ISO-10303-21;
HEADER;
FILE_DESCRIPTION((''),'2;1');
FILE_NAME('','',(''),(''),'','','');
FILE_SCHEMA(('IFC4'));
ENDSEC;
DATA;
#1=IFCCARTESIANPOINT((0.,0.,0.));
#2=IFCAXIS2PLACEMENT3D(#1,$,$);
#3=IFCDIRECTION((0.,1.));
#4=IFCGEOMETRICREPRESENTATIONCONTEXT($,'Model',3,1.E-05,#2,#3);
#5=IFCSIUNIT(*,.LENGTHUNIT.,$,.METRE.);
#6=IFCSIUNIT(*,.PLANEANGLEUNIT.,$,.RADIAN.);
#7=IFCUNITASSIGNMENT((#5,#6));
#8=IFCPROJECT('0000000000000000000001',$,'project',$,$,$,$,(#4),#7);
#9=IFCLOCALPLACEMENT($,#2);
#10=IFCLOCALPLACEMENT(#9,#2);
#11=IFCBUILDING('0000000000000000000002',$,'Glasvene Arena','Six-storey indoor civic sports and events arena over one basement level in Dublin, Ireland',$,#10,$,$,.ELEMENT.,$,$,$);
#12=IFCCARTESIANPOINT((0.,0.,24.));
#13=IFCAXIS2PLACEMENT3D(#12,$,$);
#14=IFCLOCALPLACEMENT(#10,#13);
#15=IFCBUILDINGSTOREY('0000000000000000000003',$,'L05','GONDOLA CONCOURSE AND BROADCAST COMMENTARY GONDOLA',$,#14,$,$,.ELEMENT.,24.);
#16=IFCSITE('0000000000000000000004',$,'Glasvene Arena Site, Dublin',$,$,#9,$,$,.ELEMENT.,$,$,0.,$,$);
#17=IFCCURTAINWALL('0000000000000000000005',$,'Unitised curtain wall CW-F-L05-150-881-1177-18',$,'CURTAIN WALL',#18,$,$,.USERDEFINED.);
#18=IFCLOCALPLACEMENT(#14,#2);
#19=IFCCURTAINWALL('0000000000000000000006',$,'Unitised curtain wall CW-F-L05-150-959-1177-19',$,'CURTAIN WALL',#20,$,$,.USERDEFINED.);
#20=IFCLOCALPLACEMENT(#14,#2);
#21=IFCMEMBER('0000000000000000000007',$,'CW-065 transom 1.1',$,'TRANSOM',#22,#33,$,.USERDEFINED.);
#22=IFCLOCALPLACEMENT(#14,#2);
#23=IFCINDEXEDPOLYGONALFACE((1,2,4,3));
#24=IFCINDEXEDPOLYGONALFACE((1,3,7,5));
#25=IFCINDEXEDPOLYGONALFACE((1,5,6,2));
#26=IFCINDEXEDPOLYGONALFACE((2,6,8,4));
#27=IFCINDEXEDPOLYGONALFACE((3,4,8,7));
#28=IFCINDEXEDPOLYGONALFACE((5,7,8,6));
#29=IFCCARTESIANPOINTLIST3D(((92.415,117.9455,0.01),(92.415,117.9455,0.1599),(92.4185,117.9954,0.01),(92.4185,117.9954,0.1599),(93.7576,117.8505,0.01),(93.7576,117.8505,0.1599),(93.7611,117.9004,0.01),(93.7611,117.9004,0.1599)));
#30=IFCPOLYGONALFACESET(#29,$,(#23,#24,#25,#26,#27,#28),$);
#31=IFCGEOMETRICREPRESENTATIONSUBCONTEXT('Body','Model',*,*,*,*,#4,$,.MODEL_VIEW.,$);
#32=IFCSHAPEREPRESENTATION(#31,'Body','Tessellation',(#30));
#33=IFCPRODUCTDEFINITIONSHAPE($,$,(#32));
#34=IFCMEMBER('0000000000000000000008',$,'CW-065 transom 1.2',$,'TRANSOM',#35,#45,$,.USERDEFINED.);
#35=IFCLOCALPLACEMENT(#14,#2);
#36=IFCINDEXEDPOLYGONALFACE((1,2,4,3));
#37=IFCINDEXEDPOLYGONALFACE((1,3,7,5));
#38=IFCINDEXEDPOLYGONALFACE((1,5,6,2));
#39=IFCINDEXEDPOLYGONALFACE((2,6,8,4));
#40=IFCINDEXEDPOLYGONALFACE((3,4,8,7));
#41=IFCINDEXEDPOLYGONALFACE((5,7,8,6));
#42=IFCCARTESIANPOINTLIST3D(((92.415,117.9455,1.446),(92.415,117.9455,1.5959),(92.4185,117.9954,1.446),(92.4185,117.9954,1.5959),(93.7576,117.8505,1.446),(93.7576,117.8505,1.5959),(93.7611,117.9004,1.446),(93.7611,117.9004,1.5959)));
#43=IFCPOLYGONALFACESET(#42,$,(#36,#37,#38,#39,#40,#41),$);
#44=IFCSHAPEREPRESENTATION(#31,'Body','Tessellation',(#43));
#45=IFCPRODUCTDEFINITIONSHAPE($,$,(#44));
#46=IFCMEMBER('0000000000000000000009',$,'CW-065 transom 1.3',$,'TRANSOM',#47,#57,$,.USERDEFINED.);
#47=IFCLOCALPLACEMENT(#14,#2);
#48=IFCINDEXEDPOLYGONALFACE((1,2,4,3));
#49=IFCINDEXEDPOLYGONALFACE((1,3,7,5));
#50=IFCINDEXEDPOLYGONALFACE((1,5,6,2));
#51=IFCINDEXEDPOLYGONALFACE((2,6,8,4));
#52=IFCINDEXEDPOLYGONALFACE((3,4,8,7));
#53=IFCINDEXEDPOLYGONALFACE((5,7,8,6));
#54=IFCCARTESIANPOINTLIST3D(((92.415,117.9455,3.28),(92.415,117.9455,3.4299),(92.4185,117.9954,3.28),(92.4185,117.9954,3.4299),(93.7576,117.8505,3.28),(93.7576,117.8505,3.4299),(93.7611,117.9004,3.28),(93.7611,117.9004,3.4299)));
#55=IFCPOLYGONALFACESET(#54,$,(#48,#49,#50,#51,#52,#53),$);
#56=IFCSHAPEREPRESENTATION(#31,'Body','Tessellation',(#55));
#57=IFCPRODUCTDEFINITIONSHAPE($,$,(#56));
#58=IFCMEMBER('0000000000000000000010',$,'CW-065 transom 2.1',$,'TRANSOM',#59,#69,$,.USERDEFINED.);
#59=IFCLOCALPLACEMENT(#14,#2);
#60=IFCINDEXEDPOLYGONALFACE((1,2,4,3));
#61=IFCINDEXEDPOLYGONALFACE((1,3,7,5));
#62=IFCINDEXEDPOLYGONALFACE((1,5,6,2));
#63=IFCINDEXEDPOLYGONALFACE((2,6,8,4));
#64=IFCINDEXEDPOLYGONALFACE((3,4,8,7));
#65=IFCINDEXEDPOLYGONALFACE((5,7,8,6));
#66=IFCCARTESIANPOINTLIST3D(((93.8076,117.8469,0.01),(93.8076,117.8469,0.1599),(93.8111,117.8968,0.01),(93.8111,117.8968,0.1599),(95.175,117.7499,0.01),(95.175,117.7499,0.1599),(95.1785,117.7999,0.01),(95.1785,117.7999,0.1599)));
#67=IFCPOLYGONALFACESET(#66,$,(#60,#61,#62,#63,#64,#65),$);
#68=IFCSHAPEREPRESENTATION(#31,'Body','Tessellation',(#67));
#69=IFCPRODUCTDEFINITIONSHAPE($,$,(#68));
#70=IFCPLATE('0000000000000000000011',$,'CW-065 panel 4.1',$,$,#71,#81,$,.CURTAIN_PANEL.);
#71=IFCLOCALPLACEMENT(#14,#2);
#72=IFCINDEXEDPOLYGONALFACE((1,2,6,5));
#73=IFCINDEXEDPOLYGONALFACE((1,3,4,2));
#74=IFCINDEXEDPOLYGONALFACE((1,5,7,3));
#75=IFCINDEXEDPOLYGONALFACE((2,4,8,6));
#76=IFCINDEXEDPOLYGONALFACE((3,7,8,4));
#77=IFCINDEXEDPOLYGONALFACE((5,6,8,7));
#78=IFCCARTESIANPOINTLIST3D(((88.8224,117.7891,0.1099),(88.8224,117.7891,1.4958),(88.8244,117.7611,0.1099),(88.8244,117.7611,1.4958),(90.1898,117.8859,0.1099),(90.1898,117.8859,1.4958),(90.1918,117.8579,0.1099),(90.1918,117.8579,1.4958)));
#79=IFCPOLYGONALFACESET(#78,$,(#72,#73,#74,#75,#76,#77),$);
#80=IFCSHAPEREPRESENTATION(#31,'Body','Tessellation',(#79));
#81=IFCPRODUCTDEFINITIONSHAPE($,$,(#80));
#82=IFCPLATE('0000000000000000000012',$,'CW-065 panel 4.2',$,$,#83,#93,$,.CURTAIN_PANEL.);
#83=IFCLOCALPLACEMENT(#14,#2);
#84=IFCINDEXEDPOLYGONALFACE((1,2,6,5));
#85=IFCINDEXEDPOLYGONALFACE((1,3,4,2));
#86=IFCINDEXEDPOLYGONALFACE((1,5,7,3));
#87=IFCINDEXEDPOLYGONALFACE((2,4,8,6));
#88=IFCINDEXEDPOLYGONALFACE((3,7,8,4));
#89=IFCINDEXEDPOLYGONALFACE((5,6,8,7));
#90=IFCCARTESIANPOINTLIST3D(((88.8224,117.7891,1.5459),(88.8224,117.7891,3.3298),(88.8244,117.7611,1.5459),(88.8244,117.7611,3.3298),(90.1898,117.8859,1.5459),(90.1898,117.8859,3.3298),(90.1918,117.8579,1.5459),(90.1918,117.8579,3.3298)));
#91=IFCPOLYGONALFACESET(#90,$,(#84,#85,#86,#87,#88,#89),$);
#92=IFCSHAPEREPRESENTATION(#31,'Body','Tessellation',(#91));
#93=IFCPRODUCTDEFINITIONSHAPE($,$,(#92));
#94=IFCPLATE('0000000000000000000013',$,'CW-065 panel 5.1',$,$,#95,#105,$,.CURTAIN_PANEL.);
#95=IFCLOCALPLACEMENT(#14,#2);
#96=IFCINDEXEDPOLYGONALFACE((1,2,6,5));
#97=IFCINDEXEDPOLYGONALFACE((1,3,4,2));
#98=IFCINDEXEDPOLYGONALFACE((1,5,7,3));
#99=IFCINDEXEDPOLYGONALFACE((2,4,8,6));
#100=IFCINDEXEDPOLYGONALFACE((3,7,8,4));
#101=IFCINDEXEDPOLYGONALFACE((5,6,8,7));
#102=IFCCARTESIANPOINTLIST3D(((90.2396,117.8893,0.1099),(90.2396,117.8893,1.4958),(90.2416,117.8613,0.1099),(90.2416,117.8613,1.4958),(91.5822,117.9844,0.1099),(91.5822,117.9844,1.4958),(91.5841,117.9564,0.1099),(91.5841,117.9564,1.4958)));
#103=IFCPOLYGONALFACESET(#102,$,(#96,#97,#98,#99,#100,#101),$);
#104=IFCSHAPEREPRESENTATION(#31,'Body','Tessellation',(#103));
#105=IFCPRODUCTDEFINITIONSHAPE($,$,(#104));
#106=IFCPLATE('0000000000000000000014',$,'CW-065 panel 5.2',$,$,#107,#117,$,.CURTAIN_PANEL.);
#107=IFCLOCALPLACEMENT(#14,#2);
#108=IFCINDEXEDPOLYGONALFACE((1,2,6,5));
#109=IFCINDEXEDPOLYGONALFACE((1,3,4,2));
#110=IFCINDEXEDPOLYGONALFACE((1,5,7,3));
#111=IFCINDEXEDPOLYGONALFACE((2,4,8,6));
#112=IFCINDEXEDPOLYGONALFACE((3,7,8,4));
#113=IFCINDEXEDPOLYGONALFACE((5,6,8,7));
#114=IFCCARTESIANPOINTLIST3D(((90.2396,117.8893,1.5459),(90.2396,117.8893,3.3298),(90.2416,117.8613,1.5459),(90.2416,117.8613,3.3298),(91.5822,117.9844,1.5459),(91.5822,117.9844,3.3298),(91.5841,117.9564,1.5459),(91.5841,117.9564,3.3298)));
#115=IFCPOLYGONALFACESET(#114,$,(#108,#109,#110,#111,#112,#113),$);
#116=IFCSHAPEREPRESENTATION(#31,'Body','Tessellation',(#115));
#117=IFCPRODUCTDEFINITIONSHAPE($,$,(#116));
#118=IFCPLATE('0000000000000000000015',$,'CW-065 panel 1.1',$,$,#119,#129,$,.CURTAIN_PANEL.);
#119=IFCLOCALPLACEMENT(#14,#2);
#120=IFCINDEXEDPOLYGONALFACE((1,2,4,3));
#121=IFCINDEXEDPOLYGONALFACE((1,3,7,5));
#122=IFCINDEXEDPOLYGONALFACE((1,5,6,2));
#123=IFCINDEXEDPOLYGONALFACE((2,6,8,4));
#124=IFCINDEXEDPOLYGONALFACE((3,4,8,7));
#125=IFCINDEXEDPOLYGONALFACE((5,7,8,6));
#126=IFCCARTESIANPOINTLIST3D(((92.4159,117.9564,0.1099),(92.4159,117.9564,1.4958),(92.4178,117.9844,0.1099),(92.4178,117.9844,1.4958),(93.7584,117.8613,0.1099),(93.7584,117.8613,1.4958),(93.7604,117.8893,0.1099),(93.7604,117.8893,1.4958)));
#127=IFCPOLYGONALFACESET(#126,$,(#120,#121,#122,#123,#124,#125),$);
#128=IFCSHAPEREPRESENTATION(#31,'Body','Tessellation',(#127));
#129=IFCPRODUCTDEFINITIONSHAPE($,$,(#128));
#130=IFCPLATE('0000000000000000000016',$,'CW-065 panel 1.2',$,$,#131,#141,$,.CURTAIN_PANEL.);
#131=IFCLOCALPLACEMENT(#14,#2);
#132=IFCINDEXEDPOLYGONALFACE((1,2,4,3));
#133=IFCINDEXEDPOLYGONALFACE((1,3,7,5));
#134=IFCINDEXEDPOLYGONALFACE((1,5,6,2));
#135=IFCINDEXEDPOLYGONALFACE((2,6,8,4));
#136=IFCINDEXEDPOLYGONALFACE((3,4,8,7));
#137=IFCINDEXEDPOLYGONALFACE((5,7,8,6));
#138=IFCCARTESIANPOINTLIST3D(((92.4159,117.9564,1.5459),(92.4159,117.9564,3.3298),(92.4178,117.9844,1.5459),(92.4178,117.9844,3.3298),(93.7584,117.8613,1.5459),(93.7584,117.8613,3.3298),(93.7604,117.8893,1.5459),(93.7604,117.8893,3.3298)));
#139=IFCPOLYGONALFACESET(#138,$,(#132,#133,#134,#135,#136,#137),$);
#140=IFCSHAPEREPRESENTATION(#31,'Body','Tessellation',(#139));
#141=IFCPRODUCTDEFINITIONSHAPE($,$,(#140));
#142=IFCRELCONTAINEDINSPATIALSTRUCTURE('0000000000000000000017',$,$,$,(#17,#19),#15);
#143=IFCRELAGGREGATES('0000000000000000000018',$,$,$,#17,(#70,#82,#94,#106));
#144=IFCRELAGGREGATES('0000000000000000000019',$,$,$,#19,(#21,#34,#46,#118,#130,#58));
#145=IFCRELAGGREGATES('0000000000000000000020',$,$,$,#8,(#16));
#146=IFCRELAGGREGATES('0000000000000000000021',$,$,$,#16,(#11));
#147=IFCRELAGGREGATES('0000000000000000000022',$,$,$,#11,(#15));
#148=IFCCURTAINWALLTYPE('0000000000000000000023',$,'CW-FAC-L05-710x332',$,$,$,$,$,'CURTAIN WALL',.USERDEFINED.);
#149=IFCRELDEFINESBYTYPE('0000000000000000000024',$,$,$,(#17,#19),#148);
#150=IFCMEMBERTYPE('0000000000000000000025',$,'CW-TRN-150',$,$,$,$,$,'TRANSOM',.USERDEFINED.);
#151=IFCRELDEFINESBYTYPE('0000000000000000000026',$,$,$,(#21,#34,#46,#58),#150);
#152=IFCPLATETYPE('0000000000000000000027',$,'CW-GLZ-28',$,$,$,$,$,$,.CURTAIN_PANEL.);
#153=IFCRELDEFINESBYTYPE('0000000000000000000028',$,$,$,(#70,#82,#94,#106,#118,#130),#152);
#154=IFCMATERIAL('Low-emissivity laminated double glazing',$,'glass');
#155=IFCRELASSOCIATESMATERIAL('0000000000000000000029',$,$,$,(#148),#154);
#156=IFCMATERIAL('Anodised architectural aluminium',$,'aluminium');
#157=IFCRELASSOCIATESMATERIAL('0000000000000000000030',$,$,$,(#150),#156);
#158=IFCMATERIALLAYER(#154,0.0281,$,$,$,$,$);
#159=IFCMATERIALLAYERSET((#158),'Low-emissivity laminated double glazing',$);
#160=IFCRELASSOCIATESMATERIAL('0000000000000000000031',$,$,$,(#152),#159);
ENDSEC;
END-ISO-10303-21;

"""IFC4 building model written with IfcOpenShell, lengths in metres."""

from ifc_helpers import new_model, si_unit, direction, frame, origin, origin_2d, place, context, subcontext, project, spatial, rectangle, extrude, material, layer, layer_set, material_profile, profile_set, type_object, element, aggregate, save


model = new_model("IFC4")

# Units and contexts
model_context = context("Model", 3, precision=1e-05, world=origin(), true_north=direction((0.0, 1.0)))
body_context = subcontext(model_context, "Body", "Model", "MODEL_VIEW")
ifc_project = project(units=[si_unit("LENGTHUNIT", "METRE"), si_unit("PLANEANGLEUNIT", "RADIAN")], contexts=[model_context])

# Site, building, storey
site_placement = place(None, origin())
site = spatial("IfcSite", under=ifc_project, at=site_placement, Name="Glasvene Arena Site, Dublin", CompositionType="ELEMENT", RefElevation=0.0)
building_placement = place(site_placement, origin())
building = spatial("IfcBuilding", under=site, at=building_placement, Name="Glasvene Arena", Description="Six-storey indoor civic sports and events arena over one basement level in Dublin, Ireland", CompositionType="ELEMENT")
storey_placement = place(building_placement, frame((0.0, 0.0, 24.0)))
storey = spatial("IfcBuildingStorey", under=building, at=storey_placement, Name="L05", Description="GONDOLA CONCOURSE AND BROADCAST COMMENTARY GONDOLA", CompositionType="ELEMENT", Elevation=24.0)

# Curtain walls
ifc_material_1 = material(Name="Low-emissivity laminated double glazing", Category="glass")
curtain_wall_type = type_object("IfcCurtainWallType", Name="CW-FAC-L05-710x332", ElementType="CURTAIN WALL", PredefinedType="USERDEFINED", material=ifc_material_1)
curtain_wall_1_placement = place(storey_placement, frame((84.5461, 117.4719, 0.0)))
curtain_wall_1 = element("IfcCurtainWall", 1, at=curtain_wall_1_placement, inside=storey, type_object=curtain_wall_type, Name="Unitised curtain wall CW-F-L05-150-881-1177-18", ObjectType="CURTAIN WALL", PredefinedType="USERDEFINED")
ifc_material_2 = material(Name="Anodised architectural aluminium", Category="aluminium")
curtain_wall_2_placement = place(storey_placement, frame((92.3669, 117.9741, 0.0)))
curtain_wall_2 = element("IfcCurtainWall", 2, at=curtain_wall_2_placement, inside=storey, type_object=curtain_wall_type, Name="Unitised curtain wall CW-F-L05-150-959-1177-19", ObjectType="CURTAIN WALL", PredefinedType="USERDEFINED")

# Members
ifc_material_profile_1 = material_profile(ifc_material_2, rectangle(XDim=0.05, YDim=0.1499, at=origin_2d()), Name="ALU TRANSOM 50x150")
ifc_profile_set_1 = profile_set([ifc_material_profile_1], Name="Anodised architectural aluminium")
member_type_1 = type_object("IfcMemberType", Name="CW-TRN-150", ElementType="TRANSOM", PredefinedType="USERDEFINED", material=ifc_profile_set_1)
member_1_placement = place(storey_placement, frame((92.4167, 117.9705, 0.085), z_axis=(0.997507, -0.070564, 0.0), x_axis=(0.070564, 0.997507, 0.0)))
member_1 = element("IfcMember", 3, at=member_1_placement, type_object=member_type_1, Name="CW-065 transom 1.1", ObjectType="TRANSOM", PredefinedType="USERDEFINED", context=body_context, shape_type="SweptSolid", body=[
    extrude(rectangle(XDim=0.05, YDim=0.1499, at=origin_2d()), origin(), (0.0, 0.0, 1.0), 1.3459),
])
member_2_placement = place(storey_placement, frame((92.4167, 117.9705, 1.521), z_axis=(0.997507, -0.070564, 0.0), x_axis=(0.070564, 0.997507, 0.0)))
member_2 = element("IfcMember", 4, at=member_2_placement, type_object=member_type_1, Name="CW-065 transom 1.2", ObjectType="TRANSOM", PredefinedType="USERDEFINED", context=body_context, shape_type="SweptSolid", body=[
    extrude(rectangle(XDim=0.05, YDim=0.1499, at=origin_2d()), origin(), (0.0, 0.0, 1.0), 1.3459),
])
member_3_placement = place(storey_placement, frame((92.4167, 117.9705, 3.355), z_axis=(0.997507, -0.070564, 0.0), x_axis=(0.070564, 0.997507, 0.0)))
member_3 = element("IfcMember", 5, at=member_3_placement, type_object=member_type_1, Name="CW-065 transom 1.3", ObjectType="TRANSOM", PredefinedType="USERDEFINED", context=body_context, shape_type="SweptSolid", body=[
    extrude(rectangle(XDim=0.05, YDim=0.1499, at=origin_2d()), origin(), (0.0, 0.0, 1.0), 1.3459),
])
member_4_placement = place(storey_placement, frame((93.8093, 117.8718, 0.085), z_axis=(0.997497, -0.070703, 0.0), x_axis=(0.070703, 0.997497, 0.0)))
member_4 = element("IfcMember", 6, at=member_4_placement, type_object=member_type_1, Name="CW-065 transom 2.1", ObjectType="TRANSOM", PredefinedType="USERDEFINED", context=body_context, shape_type="SweptSolid", body=[
    extrude(rectangle(XDim=0.05, YDim=0.1499, at=origin_2d()), origin(), (0.0, 0.0, 1.0), 1.3708),
])

# Plates
ifc_layer = layer(ifc_material_1, 0.0281)
ifc_layer_set = layer_set([ifc_layer], Name="Low-emissivity laminated double glazing")
plate_type = type_object("IfcPlateType", Name="CW-GLZ-28", PredefinedType="CURTAIN_PANEL", material=ifc_layer_set)
plate_1_placement = place(storey_placement, frame((89.5071, 117.8235, 0.1099), z_axis=(0.0, 0.0, 1.0), x_axis=(0.997501, 0.070657, 0.0)))
plate_1 = element("IfcPlate", 7, at=plate_1_placement, type_object=plate_type, Name="CW-065 panel 4.1", PredefinedType="CURTAIN_PANEL", context=body_context, shape_type="SweptSolid", body=[
    extrude(rectangle(XDim=1.3708, YDim=0.0281, at=origin_2d()), origin(), (0.0, 0.0, 1.0), 1.386),
])
plate_2_placement = place(storey_placement, frame((89.5071, 117.8235, 1.5459), z_axis=(0.0, 0.0, 1.0), x_axis=(0.997501, 0.070657, 0.0)))
plate_2 = element("IfcPlate", 8, at=plate_2_placement, type_object=plate_type, Name="CW-065 panel 4.2", PredefinedType="CURTAIN_PANEL", context=body_context, shape_type="SweptSolid", body=[
    extrude(rectangle(XDim=1.3708, YDim=0.0281, at=origin_2d()), origin(), (0.0, 0.0, 1.0), 1.7839),
])
plate_3_placement = place(storey_placement, frame((90.9119, 117.9229, 0.1099), z_axis=(0.0, 0.0, 1.0), x_axis=(0.997501, 0.070657, 0.0)))
plate_3 = element("IfcPlate", 9, at=plate_3_placement, type_object=plate_type, Name="CW-065 panel 5.1", PredefinedType="CURTAIN_PANEL", context=body_context, shape_type="SweptSolid", body=[
    extrude(rectangle(XDim=1.3459, YDim=0.0281, at=origin_2d()), origin(), (0.0, 0.0, 1.0), 1.386),
])
plate_4_placement = place(storey_placement, frame((90.9119, 117.9229, 1.5459), z_axis=(0.0, 0.0, 1.0), x_axis=(0.997501, 0.070657, 0.0)))
plate_4 = element("IfcPlate", 10, at=plate_4_placement, type_object=plate_type, Name="CW-065 panel 5.2", PredefinedType="CURTAIN_PANEL", context=body_context, shape_type="SweptSolid", body=[
    extrude(rectangle(XDim=1.3459, YDim=0.0281, at=origin_2d()), origin(), (0.0, 0.0, 1.0), 1.7839),
])
aggregate(curtain_wall_1, [plate_1, plate_2, plate_3, plate_4])
plate_5_placement = place(storey_placement, frame((93.0881, 117.9229, 0.1099), z_axis=(0.0, 0.0, 1.0), x_axis=(0.997501, -0.070657, 0.0)))
plate_5 = element("IfcPlate", 11, at=plate_5_placement, type_object=plate_type, Name="CW-065 panel 1.1", PredefinedType="CURTAIN_PANEL", context=body_context, shape_type="SweptSolid", body=[
    extrude(rectangle(XDim=1.3459, YDim=0.0281, at=origin_2d()), origin(), (0.0, 0.0, 1.0), 1.386),
])
plate_6_placement = place(storey_placement, frame((93.0881, 117.9229, 1.5459), z_axis=(0.0, 0.0, 1.0), x_axis=(0.997501, -0.070657, 0.0)))
plate_6 = element("IfcPlate", 12, at=plate_6_placement, type_object=plate_type, Name="CW-065 panel 1.2", PredefinedType="CURTAIN_PANEL", context=body_context, shape_type="SweptSolid", body=[
    extrude(rectangle(XDim=1.3459, YDim=0.0281, at=origin_2d()), origin(), (0.0, 0.0, 1.0), 1.7839),
])
aggregate(curtain_wall_2, [member_1, member_2, member_3, plate_5, plate_6, member_4])

save(model, "model.ifc")
